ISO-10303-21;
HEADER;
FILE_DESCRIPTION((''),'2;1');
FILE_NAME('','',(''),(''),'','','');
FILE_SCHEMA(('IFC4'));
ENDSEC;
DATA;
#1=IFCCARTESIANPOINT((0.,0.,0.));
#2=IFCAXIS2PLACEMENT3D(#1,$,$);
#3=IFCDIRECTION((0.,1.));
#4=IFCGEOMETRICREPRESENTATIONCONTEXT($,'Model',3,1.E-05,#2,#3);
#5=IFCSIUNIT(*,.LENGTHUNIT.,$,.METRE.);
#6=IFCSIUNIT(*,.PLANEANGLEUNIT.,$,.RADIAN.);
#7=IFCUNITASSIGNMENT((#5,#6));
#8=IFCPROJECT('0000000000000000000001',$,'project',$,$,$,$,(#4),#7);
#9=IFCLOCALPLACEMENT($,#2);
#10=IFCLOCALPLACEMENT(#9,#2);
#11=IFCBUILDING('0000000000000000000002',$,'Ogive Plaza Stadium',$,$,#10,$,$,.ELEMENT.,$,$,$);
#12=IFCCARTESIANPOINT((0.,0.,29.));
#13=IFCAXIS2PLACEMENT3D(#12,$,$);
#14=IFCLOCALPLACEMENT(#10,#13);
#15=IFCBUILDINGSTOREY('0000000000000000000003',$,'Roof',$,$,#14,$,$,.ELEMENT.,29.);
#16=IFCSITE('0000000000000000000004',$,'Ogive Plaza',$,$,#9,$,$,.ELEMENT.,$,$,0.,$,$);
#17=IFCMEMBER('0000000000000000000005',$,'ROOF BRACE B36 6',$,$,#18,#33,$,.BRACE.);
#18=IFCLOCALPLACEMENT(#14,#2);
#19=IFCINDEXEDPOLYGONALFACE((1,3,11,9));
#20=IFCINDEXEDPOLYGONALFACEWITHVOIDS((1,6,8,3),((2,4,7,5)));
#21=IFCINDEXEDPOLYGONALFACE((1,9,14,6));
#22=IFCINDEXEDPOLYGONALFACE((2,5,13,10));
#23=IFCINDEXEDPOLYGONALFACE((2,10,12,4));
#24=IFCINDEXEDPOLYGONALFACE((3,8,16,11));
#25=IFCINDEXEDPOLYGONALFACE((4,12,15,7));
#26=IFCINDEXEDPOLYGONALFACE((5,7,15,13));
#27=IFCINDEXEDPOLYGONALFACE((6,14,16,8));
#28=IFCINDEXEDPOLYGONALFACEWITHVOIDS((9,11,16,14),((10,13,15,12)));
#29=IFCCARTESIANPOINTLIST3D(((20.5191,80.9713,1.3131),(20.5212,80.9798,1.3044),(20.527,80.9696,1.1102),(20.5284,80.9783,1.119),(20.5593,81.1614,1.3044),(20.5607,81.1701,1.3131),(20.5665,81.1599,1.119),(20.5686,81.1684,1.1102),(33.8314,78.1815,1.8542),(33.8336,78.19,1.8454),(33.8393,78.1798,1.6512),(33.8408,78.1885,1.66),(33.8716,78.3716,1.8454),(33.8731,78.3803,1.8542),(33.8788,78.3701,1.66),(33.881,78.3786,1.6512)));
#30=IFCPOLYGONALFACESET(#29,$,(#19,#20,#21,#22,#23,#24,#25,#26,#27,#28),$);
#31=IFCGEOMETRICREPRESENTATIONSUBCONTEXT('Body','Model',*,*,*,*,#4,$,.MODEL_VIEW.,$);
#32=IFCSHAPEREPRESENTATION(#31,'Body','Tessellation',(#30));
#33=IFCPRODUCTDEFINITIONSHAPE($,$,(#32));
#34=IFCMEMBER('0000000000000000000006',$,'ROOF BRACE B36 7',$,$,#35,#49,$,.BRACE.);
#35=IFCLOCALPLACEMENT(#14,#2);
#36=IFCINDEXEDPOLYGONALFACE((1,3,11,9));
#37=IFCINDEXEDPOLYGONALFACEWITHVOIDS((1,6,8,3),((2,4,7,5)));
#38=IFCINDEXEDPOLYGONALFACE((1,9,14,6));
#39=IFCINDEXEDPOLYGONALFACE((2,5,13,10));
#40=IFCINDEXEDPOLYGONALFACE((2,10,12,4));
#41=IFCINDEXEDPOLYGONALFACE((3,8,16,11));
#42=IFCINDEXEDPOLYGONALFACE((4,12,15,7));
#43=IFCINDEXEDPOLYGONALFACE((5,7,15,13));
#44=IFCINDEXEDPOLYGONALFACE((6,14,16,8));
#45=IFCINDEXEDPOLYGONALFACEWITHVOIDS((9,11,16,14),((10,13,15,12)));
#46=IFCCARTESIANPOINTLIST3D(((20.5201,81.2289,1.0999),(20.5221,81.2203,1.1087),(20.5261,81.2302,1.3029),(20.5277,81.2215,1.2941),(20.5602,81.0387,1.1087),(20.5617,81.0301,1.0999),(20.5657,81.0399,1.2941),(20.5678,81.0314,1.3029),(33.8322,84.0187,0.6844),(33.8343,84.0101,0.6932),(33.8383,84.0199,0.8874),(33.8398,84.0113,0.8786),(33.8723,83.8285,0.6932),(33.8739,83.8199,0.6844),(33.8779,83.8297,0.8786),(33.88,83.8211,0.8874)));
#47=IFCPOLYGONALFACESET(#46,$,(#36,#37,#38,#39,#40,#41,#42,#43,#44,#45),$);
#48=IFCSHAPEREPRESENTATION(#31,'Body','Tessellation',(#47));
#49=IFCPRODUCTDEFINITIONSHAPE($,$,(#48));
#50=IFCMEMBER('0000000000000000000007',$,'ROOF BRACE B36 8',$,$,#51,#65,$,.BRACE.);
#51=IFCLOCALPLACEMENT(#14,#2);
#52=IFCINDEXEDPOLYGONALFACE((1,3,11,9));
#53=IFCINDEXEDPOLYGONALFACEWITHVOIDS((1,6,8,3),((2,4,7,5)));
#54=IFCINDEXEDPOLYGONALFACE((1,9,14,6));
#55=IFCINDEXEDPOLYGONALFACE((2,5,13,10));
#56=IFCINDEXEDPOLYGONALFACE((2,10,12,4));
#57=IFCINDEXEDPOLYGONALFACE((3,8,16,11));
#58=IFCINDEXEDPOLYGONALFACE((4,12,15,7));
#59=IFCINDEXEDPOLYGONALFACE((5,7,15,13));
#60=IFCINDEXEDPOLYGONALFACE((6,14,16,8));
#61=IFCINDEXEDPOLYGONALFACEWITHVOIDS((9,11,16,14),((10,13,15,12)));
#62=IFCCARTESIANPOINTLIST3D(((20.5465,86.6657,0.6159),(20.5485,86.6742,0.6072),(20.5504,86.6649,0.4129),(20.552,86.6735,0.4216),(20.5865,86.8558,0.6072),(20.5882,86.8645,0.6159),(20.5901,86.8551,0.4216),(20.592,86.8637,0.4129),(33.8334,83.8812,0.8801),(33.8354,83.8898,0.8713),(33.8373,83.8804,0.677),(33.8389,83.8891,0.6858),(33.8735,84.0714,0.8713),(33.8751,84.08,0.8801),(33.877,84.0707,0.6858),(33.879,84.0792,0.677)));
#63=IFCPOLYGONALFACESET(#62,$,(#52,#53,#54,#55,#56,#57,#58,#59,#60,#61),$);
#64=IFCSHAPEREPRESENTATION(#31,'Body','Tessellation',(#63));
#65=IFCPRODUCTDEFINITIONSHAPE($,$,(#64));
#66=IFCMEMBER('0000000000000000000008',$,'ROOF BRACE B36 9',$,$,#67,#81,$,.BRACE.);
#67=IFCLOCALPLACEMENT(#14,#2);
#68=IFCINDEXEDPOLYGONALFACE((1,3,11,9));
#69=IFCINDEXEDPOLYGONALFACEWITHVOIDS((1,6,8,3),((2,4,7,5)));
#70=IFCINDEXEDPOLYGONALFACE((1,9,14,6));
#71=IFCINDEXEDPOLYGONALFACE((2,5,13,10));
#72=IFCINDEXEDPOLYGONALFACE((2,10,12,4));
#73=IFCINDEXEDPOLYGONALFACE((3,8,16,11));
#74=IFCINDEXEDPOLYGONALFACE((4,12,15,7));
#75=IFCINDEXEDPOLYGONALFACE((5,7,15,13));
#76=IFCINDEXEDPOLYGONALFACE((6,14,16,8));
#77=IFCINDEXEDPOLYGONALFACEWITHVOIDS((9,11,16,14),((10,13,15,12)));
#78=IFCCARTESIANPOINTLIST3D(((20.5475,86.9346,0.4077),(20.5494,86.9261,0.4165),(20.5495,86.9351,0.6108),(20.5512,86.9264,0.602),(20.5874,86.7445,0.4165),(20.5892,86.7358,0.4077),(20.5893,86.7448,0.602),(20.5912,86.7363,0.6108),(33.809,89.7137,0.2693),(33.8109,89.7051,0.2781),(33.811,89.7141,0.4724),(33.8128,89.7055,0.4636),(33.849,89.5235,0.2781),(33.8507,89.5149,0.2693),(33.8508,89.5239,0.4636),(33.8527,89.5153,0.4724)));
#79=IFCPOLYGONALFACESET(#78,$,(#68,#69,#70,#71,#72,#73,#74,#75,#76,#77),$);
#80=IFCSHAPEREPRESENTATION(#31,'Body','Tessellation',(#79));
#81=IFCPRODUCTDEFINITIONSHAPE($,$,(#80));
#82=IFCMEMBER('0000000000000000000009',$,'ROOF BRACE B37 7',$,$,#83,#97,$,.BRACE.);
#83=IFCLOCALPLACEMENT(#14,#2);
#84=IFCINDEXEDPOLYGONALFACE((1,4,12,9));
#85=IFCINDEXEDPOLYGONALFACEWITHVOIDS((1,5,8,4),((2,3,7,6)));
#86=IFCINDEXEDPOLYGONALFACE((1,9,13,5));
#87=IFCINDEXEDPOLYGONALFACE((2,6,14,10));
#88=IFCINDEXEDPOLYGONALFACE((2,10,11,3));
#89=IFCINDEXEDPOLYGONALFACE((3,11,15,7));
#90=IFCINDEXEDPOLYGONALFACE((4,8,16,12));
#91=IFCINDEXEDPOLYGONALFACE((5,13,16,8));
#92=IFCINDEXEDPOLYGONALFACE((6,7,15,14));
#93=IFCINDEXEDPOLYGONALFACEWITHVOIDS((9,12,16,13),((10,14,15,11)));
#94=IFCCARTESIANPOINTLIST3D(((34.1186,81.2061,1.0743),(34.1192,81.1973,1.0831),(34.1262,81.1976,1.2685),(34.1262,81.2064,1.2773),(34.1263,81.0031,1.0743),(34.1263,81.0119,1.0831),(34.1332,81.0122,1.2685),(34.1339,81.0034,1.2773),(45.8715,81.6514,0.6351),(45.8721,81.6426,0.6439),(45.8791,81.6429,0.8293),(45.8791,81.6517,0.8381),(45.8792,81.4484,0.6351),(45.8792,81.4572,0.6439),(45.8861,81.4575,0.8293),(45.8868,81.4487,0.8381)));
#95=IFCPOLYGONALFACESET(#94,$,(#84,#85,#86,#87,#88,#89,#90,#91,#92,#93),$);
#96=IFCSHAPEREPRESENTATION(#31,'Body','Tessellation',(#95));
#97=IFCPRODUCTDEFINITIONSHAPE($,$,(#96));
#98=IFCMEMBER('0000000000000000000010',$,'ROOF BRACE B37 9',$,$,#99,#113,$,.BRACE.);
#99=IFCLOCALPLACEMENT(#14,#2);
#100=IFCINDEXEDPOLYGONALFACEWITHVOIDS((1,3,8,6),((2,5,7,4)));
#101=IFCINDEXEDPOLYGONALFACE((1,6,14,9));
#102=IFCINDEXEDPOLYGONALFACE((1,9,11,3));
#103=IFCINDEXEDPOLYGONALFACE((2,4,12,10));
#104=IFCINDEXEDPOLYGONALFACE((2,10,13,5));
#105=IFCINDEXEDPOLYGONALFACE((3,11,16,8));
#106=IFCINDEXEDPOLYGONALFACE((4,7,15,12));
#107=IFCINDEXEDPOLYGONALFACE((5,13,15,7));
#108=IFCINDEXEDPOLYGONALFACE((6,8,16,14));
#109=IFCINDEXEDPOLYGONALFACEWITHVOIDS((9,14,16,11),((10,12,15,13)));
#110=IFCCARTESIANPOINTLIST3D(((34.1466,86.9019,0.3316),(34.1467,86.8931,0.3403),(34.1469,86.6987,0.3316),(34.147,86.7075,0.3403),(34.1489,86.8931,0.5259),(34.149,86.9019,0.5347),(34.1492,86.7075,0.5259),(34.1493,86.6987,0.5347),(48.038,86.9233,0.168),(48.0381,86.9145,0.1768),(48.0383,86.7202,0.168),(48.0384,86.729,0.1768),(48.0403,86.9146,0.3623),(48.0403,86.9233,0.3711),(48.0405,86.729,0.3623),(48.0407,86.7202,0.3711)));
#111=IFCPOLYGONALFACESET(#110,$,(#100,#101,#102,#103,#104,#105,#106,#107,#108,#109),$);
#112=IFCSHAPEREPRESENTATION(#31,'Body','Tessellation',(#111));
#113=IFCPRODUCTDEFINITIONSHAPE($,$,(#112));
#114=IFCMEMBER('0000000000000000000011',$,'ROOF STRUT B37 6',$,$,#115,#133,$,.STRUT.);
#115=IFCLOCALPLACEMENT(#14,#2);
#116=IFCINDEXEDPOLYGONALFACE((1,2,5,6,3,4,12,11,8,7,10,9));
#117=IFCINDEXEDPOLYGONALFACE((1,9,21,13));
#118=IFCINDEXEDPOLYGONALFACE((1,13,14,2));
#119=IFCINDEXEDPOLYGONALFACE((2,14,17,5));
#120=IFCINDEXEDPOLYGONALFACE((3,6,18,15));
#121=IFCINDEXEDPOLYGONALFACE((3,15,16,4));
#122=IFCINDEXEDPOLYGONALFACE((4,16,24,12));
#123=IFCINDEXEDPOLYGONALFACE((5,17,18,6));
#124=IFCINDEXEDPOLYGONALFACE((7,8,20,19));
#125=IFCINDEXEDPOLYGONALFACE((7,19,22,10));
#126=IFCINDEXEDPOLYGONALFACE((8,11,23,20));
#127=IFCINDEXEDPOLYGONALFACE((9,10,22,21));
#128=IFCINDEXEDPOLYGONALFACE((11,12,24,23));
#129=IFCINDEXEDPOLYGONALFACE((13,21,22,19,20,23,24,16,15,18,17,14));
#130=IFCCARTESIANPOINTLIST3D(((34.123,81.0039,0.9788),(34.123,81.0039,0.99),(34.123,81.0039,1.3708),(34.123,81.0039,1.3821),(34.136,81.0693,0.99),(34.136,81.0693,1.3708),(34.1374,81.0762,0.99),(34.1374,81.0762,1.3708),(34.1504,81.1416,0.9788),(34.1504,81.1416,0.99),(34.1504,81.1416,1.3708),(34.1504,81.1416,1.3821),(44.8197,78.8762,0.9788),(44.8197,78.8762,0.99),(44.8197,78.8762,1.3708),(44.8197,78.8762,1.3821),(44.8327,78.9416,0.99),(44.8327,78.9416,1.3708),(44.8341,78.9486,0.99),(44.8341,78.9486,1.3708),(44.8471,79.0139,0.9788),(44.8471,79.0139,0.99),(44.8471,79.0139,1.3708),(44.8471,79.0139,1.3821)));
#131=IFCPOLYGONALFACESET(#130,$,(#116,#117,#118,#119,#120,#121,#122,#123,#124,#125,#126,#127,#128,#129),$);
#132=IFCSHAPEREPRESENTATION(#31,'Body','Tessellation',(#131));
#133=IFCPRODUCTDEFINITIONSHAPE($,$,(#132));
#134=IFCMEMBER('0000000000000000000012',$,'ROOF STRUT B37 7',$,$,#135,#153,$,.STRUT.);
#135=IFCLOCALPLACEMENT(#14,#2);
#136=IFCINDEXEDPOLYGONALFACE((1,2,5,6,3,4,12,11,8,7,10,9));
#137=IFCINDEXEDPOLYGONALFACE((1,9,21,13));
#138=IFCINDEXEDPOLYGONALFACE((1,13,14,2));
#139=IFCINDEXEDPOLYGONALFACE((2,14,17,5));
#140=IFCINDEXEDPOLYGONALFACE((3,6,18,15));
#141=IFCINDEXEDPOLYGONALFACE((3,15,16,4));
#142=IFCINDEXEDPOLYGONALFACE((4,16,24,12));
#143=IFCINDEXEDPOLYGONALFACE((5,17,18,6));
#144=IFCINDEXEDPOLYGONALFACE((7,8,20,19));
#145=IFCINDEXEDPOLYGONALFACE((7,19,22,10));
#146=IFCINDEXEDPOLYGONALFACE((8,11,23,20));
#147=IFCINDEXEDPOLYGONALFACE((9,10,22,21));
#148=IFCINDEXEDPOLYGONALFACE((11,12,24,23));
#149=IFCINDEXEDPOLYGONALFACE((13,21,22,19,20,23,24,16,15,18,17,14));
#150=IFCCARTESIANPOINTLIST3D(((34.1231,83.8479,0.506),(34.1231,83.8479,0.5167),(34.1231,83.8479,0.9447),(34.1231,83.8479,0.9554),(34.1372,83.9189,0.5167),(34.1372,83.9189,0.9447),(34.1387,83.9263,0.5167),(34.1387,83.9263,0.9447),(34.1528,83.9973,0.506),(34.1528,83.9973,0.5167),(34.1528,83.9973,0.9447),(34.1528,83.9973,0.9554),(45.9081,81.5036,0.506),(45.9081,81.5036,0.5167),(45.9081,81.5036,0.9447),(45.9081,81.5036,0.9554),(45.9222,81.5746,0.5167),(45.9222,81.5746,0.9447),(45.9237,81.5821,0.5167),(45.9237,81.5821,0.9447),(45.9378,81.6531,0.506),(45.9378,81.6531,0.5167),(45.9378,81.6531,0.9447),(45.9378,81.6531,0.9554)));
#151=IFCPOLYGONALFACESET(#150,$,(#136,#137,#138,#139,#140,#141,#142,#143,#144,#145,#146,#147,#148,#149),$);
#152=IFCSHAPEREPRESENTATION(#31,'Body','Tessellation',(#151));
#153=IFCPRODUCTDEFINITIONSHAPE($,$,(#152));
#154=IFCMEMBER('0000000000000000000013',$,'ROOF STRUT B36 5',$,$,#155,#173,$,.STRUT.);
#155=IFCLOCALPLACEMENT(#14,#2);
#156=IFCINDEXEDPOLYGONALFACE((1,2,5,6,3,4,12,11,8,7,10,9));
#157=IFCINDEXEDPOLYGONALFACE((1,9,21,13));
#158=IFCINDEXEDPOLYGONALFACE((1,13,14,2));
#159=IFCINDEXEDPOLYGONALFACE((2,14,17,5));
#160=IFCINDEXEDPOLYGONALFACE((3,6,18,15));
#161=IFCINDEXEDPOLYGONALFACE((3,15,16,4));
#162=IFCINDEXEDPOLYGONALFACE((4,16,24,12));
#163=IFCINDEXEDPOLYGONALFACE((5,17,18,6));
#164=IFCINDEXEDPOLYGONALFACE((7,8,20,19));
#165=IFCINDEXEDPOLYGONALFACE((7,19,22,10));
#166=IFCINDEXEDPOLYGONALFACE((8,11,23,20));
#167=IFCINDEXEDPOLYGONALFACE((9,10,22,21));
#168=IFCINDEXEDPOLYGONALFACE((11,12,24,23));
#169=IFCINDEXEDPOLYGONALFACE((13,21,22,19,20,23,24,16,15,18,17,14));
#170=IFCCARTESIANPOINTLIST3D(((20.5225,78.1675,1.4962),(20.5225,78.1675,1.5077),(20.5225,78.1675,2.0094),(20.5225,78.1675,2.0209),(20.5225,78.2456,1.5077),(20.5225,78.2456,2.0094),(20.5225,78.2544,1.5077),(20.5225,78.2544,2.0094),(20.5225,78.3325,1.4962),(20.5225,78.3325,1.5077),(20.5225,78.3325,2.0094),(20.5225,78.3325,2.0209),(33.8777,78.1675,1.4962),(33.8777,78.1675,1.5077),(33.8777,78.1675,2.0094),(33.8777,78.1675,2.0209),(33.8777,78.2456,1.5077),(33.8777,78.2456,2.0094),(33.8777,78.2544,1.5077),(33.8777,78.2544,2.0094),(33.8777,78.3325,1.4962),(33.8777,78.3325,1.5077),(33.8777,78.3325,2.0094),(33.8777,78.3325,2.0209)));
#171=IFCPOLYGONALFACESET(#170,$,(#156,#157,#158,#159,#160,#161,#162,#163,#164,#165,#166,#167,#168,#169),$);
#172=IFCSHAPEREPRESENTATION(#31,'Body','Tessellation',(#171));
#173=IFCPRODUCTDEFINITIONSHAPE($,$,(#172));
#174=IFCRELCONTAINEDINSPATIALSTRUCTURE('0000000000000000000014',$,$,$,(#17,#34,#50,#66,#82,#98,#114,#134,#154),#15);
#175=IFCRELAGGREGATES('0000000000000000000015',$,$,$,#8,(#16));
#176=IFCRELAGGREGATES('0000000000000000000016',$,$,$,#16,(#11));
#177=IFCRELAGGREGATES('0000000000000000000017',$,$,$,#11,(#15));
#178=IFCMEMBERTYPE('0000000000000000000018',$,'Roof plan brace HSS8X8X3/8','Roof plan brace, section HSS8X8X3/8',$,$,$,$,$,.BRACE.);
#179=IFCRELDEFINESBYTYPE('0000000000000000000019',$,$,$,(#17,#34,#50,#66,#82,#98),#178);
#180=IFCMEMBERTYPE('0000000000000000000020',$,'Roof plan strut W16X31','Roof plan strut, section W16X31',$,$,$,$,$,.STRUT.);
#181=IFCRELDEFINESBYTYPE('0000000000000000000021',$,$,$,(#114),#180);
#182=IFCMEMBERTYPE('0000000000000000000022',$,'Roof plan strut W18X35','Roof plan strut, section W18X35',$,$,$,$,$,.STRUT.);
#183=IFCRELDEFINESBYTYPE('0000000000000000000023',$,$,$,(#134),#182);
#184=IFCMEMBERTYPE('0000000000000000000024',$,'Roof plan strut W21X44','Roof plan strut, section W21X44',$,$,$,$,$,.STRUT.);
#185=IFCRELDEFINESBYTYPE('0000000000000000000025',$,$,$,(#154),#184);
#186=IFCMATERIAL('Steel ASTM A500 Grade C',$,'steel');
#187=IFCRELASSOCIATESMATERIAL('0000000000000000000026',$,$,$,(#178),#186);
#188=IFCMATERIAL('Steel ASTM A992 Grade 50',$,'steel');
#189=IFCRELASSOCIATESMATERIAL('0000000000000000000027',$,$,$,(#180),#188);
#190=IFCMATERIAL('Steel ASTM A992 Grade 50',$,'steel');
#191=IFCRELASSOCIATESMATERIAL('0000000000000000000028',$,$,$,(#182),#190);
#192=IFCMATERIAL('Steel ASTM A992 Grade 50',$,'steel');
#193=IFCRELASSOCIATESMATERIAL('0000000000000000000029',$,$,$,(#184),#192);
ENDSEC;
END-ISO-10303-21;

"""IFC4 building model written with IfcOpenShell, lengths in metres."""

from ifc_helpers import new_model, si_unit, direction, frame, origin, origin_2d, place, context, subcontext, project, spatial, hollow_rectangle, i_section, extrude, material, material_profile, profile_set, type_object, element, save


model = new_model("IFC4")

# Units and contexts
model_context = context("Model", 3, precision=1e-05, world=origin(), true_north=direction((0.0, 1.0)))
body_context = subcontext(model_context, "Body", "Model", "MODEL_VIEW")
ifc_project = project(units=[si_unit("LENGTHUNIT", "METRE"), si_unit("PLANEANGLEUNIT", "RADIAN")], contexts=[model_context])

# Site, building, storey
site_placement = place(None, origin())
site = spatial("IfcSite", under=ifc_project, at=site_placement, Name="Ogive Plaza", CompositionType="ELEMENT", RefElevation=0.0)
building_placement = place(site_placement, origin())
building = spatial("IfcBuilding", under=site, at=building_placement, Name="Ogive Plaza Stadium", CompositionType="ELEMENT")
storey_placement = place(building_placement, frame((0.0, 0.0, 29.0)))
storey = spatial("IfcBuildingStorey", under=building, at=storey_placement, Name="Roof", CompositionType="ELEMENT", Elevation=29.0)

# Members
ifc_material_1 = material(Name="Steel ASTM A500 Grade C", Category="steel")
ifc_material_profile_1 = material_profile(ifc_material_1, hollow_rectangle(XDim=0.2031, YDim=0.2031, WallThickness=0.0088, at=origin_2d()), Name="HSS8X8X3/8")
ifc_profile_set_1 = profile_set([ifc_material_profile_1], Name="Steel ASTM A500 Grade C")
member_type_1 = type_object("IfcMemberType", Name="Roof plan brace HSS8X8X3/8", Description="Roof plan brace, section HSS8X8X3/8", PredefinedType="BRACE", material=ifc_profile_set_1)
member_1_placement = place(storey_placement, frame((33.8562, 78.28, 1.7527), z_axis=(-0.977966, 0.204948, -0.039745), x_axis=(-0.20511, -0.978739, 0.0)))
element("IfcMember", 1, at=member_1_placement, inside=storey, type_object=member_type_1, Name="ROOF BRACE B36 6", PredefinedType="BRACE", context=body_context, shape_type="SweptSolid", body=[
    extrude(hollow_rectangle(XDim=0.2031, YDim=0.2031, WallThickness=0.0088, at=origin_2d()), origin(), (0.0, 0.0, 1.0), 13.6123),
])
member_2_placement = place(storey_placement, frame((20.5439, 81.1301, 1.2014), z_axis=(0.978282, 0.205015, -0.030536), x_axis=(-0.20511, 0.978739, 0.0)))
element("IfcMember", 2, at=member_2_placement, inside=storey, type_object=member_type_1, Name="ROOF BRACE B36 7", PredefinedType="BRACE", context=body_context, shape_type="SweptSolid", body=[
    extrude(hollow_rectangle(XDim=0.2031, YDim=0.2031, WallThickness=0.0088, at=origin_2d()), origin(), (0.0, 0.0, 1.0), 13.6077),
])
member_3_placement = place(storey_placement, frame((33.8562, 83.9802, 0.7786), z_axis=(-0.978554, 0.205068, -0.019455), x_axis=(-0.205107, -0.97874, 0.0)))
element("IfcMember", 3, at=member_3_placement, inside=storey, type_object=member_type_1, Name="ROOF BRACE B36 8", PredefinedType="BRACE", context=body_context, shape_type="SweptSolid", body=[
    extrude(hollow_rectangle(XDim=0.2031, YDim=0.2031, WallThickness=0.0088, at=origin_2d()), origin(), (0.0, 0.0, 1.0), 13.5781),
])
member_4_placement = place(storey_placement, frame((20.5693, 86.8354, 0.5093), z_axis=(0.978689, 0.205093, -0.010216), x_axis=(-0.205103, 0.97874, 0.0)))
element("IfcMember", 4, at=member_4_placement, inside=storey, type_object=member_type_1, Name="ROOF BRACE B36 9", PredefinedType="BRACE", context=body_context, shape_type="SweptSolid", body=[
    extrude(hollow_rectangle(XDim=0.2031, YDim=0.2031, WallThickness=0.0088, at=origin_2d()), origin(), (0.0, 0.0, 1.0), 13.5503),
])
member_5_placement = place(storey_placement, frame((34.1262, 81.1047, 1.1758), z_axis=(0.998587, 0.037836, -0.037317), x_axis=(-0.037862, 0.999283, 0.0)))
element("IfcMember", 5, at=member_5_placement, inside=storey, type_object=member_type_1, Name="ROOF BRACE B37 7", PredefinedType="BRACE", context=body_context, shape_type="SweptSolid", body=[
    extrude(hollow_rectangle(XDim=0.2031, YDim=0.2031, WallThickness=0.0088, at=origin_2d()), origin(), (0.0, 0.0, 1.0), 11.7695),
])
member_6_placement = place(storey_placement, frame((34.1479, 86.8003, 0.4331), z_axis=(0.999929, 0.001546, -0.011774), x_axis=(-0.001547, 0.999999, 0.0)))
element("IfcMember", 6, at=member_6_placement, inside=storey, type_object=member_type_1, Name="ROOF BRACE B37 9", PredefinedType="BRACE", context=body_context, shape_type="SweptSolid", body=[
    extrude(hollow_rectangle(XDim=0.2031, YDim=0.2031, WallThickness=0.0088, at=origin_2d()), origin(), (0.0, 0.0, 1.0), 13.8923),
])
ifc_material_2 = material(Name="Steel ASTM A992 Grade 50", Category="steel")
ifc_material_profile_2 = material_profile(ifc_material_2, i_section(OverallWidth=0.1404, OverallDepth=0.4033, WebThickness=0.0071, FlangeThickness=0.0112, at=origin_2d()), Name="W16X31")
ifc_profile_set_2 = profile_set([ifc_material_profile_2], Name="Steel ASTM A992 Grade 50")
member_type_2 = type_object("IfcMemberType", Name="Roof plan strut W16X31", Description="Roof plan strut, section W16X31", PredefinedType="STRUT", material=ifc_profile_set_2)
member_7_placement = place(storey_placement, frame((34.1367, 81.0728, 1.1804), z_axis=(0.980786, -0.195087, 0.0), x_axis=(0.195087, 0.980786, 0.0)))
element("IfcMember", 7, at=member_7_placement, inside=storey, type_object=member_type_2, Name="ROOF STRUT B37 6", PredefinedType="STRUT", context=body_context, shape_type="SweptSolid", body=[
    extrude(i_section(OverallWidth=0.1404, OverallDepth=0.4033, WebThickness=0.0071, FlangeThickness=0.0112, at=origin_2d()), origin(), (0.0, 0.0, 1.0), 10.9062),
])
ifc_material_3 = material(Name="Steel ASTM A992 Grade 50", Category="steel")
ifc_material_profile_3 = material_profile(ifc_material_3, i_section(OverallWidth=0.1523, OverallDepth=0.4495, WebThickness=0.0076, FlangeThickness=0.0107, at=origin_2d()), Name="W18X35")
ifc_profile_set_3 = profile_set([ifc_material_profile_3], Name="Steel ASTM A992 Grade 50")
member_type_3 = type_object("IfcMemberType", Name="Roof plan strut W18X35", Description="Roof plan strut, section W18X35", PredefinedType="STRUT", material=ifc_profile_set_3)
member_8_placement = place(storey_placement, frame((34.1379, 83.9226, 0.7307), z_axis=(0.980784, -0.195096, 0.0), x_axis=(0.195096, 0.980784, 0.0)))
element("IfcMember", 8, at=member_8_placement, inside=storey, type_object=member_type_3, Name="ROOF STRUT B37 7", PredefinedType="STRUT", context=body_context, shape_type="SweptSolid", body=[
    extrude(i_section(OverallWidth=0.1523, OverallDepth=0.4495, WebThickness=0.0076, FlangeThickness=0.0107, at=origin_2d()), origin(), (0.0, 0.0, 1.0), 12.0159),
])
ifc_material_4 = material(Name="Steel ASTM A992 Grade 50", Category="steel")
ifc_material_profile_4 = material_profile(ifc_material_4, i_section(OverallWidth=0.165, OverallDepth=0.5247, WebThickness=0.0088, FlangeThickness=0.0115, at=origin_2d()), Name="W21X44")
ifc_profile_set_4 = profile_set([ifc_material_profile_4], Name="Steel ASTM A992 Grade 50")
member_type_4 = type_object("IfcMemberType", Name="Roof plan strut W21X44", Description="Roof plan strut, section W21X44", PredefinedType="STRUT", material=ifc_profile_set_4)
for number, where, z_axis, x_axis, name in (
    (9, (20.5225, 78.25, 1.7585), (1.0, 0.0, 0.0), (0.0, 1.0, 0.0), "ROOF STRUT B36 5"),
):
    element("IfcMember", number, at=place(storey_placement, frame(where, z_axis=z_axis, x_axis=x_axis)), inside=storey, type_object=member_type_4, Name=name, PredefinedType="STRUT", context=body_context, shape_type="SweptSolid", body=[
        extrude(i_section(OverallWidth=0.165, OverallDepth=0.5247, WebThickness=0.0088, FlangeThickness=0.0115, at=origin_2d()), origin(), (0.0, 0.0, 1.0), 13.3552),
    ])

save(model, "model.ifc")
